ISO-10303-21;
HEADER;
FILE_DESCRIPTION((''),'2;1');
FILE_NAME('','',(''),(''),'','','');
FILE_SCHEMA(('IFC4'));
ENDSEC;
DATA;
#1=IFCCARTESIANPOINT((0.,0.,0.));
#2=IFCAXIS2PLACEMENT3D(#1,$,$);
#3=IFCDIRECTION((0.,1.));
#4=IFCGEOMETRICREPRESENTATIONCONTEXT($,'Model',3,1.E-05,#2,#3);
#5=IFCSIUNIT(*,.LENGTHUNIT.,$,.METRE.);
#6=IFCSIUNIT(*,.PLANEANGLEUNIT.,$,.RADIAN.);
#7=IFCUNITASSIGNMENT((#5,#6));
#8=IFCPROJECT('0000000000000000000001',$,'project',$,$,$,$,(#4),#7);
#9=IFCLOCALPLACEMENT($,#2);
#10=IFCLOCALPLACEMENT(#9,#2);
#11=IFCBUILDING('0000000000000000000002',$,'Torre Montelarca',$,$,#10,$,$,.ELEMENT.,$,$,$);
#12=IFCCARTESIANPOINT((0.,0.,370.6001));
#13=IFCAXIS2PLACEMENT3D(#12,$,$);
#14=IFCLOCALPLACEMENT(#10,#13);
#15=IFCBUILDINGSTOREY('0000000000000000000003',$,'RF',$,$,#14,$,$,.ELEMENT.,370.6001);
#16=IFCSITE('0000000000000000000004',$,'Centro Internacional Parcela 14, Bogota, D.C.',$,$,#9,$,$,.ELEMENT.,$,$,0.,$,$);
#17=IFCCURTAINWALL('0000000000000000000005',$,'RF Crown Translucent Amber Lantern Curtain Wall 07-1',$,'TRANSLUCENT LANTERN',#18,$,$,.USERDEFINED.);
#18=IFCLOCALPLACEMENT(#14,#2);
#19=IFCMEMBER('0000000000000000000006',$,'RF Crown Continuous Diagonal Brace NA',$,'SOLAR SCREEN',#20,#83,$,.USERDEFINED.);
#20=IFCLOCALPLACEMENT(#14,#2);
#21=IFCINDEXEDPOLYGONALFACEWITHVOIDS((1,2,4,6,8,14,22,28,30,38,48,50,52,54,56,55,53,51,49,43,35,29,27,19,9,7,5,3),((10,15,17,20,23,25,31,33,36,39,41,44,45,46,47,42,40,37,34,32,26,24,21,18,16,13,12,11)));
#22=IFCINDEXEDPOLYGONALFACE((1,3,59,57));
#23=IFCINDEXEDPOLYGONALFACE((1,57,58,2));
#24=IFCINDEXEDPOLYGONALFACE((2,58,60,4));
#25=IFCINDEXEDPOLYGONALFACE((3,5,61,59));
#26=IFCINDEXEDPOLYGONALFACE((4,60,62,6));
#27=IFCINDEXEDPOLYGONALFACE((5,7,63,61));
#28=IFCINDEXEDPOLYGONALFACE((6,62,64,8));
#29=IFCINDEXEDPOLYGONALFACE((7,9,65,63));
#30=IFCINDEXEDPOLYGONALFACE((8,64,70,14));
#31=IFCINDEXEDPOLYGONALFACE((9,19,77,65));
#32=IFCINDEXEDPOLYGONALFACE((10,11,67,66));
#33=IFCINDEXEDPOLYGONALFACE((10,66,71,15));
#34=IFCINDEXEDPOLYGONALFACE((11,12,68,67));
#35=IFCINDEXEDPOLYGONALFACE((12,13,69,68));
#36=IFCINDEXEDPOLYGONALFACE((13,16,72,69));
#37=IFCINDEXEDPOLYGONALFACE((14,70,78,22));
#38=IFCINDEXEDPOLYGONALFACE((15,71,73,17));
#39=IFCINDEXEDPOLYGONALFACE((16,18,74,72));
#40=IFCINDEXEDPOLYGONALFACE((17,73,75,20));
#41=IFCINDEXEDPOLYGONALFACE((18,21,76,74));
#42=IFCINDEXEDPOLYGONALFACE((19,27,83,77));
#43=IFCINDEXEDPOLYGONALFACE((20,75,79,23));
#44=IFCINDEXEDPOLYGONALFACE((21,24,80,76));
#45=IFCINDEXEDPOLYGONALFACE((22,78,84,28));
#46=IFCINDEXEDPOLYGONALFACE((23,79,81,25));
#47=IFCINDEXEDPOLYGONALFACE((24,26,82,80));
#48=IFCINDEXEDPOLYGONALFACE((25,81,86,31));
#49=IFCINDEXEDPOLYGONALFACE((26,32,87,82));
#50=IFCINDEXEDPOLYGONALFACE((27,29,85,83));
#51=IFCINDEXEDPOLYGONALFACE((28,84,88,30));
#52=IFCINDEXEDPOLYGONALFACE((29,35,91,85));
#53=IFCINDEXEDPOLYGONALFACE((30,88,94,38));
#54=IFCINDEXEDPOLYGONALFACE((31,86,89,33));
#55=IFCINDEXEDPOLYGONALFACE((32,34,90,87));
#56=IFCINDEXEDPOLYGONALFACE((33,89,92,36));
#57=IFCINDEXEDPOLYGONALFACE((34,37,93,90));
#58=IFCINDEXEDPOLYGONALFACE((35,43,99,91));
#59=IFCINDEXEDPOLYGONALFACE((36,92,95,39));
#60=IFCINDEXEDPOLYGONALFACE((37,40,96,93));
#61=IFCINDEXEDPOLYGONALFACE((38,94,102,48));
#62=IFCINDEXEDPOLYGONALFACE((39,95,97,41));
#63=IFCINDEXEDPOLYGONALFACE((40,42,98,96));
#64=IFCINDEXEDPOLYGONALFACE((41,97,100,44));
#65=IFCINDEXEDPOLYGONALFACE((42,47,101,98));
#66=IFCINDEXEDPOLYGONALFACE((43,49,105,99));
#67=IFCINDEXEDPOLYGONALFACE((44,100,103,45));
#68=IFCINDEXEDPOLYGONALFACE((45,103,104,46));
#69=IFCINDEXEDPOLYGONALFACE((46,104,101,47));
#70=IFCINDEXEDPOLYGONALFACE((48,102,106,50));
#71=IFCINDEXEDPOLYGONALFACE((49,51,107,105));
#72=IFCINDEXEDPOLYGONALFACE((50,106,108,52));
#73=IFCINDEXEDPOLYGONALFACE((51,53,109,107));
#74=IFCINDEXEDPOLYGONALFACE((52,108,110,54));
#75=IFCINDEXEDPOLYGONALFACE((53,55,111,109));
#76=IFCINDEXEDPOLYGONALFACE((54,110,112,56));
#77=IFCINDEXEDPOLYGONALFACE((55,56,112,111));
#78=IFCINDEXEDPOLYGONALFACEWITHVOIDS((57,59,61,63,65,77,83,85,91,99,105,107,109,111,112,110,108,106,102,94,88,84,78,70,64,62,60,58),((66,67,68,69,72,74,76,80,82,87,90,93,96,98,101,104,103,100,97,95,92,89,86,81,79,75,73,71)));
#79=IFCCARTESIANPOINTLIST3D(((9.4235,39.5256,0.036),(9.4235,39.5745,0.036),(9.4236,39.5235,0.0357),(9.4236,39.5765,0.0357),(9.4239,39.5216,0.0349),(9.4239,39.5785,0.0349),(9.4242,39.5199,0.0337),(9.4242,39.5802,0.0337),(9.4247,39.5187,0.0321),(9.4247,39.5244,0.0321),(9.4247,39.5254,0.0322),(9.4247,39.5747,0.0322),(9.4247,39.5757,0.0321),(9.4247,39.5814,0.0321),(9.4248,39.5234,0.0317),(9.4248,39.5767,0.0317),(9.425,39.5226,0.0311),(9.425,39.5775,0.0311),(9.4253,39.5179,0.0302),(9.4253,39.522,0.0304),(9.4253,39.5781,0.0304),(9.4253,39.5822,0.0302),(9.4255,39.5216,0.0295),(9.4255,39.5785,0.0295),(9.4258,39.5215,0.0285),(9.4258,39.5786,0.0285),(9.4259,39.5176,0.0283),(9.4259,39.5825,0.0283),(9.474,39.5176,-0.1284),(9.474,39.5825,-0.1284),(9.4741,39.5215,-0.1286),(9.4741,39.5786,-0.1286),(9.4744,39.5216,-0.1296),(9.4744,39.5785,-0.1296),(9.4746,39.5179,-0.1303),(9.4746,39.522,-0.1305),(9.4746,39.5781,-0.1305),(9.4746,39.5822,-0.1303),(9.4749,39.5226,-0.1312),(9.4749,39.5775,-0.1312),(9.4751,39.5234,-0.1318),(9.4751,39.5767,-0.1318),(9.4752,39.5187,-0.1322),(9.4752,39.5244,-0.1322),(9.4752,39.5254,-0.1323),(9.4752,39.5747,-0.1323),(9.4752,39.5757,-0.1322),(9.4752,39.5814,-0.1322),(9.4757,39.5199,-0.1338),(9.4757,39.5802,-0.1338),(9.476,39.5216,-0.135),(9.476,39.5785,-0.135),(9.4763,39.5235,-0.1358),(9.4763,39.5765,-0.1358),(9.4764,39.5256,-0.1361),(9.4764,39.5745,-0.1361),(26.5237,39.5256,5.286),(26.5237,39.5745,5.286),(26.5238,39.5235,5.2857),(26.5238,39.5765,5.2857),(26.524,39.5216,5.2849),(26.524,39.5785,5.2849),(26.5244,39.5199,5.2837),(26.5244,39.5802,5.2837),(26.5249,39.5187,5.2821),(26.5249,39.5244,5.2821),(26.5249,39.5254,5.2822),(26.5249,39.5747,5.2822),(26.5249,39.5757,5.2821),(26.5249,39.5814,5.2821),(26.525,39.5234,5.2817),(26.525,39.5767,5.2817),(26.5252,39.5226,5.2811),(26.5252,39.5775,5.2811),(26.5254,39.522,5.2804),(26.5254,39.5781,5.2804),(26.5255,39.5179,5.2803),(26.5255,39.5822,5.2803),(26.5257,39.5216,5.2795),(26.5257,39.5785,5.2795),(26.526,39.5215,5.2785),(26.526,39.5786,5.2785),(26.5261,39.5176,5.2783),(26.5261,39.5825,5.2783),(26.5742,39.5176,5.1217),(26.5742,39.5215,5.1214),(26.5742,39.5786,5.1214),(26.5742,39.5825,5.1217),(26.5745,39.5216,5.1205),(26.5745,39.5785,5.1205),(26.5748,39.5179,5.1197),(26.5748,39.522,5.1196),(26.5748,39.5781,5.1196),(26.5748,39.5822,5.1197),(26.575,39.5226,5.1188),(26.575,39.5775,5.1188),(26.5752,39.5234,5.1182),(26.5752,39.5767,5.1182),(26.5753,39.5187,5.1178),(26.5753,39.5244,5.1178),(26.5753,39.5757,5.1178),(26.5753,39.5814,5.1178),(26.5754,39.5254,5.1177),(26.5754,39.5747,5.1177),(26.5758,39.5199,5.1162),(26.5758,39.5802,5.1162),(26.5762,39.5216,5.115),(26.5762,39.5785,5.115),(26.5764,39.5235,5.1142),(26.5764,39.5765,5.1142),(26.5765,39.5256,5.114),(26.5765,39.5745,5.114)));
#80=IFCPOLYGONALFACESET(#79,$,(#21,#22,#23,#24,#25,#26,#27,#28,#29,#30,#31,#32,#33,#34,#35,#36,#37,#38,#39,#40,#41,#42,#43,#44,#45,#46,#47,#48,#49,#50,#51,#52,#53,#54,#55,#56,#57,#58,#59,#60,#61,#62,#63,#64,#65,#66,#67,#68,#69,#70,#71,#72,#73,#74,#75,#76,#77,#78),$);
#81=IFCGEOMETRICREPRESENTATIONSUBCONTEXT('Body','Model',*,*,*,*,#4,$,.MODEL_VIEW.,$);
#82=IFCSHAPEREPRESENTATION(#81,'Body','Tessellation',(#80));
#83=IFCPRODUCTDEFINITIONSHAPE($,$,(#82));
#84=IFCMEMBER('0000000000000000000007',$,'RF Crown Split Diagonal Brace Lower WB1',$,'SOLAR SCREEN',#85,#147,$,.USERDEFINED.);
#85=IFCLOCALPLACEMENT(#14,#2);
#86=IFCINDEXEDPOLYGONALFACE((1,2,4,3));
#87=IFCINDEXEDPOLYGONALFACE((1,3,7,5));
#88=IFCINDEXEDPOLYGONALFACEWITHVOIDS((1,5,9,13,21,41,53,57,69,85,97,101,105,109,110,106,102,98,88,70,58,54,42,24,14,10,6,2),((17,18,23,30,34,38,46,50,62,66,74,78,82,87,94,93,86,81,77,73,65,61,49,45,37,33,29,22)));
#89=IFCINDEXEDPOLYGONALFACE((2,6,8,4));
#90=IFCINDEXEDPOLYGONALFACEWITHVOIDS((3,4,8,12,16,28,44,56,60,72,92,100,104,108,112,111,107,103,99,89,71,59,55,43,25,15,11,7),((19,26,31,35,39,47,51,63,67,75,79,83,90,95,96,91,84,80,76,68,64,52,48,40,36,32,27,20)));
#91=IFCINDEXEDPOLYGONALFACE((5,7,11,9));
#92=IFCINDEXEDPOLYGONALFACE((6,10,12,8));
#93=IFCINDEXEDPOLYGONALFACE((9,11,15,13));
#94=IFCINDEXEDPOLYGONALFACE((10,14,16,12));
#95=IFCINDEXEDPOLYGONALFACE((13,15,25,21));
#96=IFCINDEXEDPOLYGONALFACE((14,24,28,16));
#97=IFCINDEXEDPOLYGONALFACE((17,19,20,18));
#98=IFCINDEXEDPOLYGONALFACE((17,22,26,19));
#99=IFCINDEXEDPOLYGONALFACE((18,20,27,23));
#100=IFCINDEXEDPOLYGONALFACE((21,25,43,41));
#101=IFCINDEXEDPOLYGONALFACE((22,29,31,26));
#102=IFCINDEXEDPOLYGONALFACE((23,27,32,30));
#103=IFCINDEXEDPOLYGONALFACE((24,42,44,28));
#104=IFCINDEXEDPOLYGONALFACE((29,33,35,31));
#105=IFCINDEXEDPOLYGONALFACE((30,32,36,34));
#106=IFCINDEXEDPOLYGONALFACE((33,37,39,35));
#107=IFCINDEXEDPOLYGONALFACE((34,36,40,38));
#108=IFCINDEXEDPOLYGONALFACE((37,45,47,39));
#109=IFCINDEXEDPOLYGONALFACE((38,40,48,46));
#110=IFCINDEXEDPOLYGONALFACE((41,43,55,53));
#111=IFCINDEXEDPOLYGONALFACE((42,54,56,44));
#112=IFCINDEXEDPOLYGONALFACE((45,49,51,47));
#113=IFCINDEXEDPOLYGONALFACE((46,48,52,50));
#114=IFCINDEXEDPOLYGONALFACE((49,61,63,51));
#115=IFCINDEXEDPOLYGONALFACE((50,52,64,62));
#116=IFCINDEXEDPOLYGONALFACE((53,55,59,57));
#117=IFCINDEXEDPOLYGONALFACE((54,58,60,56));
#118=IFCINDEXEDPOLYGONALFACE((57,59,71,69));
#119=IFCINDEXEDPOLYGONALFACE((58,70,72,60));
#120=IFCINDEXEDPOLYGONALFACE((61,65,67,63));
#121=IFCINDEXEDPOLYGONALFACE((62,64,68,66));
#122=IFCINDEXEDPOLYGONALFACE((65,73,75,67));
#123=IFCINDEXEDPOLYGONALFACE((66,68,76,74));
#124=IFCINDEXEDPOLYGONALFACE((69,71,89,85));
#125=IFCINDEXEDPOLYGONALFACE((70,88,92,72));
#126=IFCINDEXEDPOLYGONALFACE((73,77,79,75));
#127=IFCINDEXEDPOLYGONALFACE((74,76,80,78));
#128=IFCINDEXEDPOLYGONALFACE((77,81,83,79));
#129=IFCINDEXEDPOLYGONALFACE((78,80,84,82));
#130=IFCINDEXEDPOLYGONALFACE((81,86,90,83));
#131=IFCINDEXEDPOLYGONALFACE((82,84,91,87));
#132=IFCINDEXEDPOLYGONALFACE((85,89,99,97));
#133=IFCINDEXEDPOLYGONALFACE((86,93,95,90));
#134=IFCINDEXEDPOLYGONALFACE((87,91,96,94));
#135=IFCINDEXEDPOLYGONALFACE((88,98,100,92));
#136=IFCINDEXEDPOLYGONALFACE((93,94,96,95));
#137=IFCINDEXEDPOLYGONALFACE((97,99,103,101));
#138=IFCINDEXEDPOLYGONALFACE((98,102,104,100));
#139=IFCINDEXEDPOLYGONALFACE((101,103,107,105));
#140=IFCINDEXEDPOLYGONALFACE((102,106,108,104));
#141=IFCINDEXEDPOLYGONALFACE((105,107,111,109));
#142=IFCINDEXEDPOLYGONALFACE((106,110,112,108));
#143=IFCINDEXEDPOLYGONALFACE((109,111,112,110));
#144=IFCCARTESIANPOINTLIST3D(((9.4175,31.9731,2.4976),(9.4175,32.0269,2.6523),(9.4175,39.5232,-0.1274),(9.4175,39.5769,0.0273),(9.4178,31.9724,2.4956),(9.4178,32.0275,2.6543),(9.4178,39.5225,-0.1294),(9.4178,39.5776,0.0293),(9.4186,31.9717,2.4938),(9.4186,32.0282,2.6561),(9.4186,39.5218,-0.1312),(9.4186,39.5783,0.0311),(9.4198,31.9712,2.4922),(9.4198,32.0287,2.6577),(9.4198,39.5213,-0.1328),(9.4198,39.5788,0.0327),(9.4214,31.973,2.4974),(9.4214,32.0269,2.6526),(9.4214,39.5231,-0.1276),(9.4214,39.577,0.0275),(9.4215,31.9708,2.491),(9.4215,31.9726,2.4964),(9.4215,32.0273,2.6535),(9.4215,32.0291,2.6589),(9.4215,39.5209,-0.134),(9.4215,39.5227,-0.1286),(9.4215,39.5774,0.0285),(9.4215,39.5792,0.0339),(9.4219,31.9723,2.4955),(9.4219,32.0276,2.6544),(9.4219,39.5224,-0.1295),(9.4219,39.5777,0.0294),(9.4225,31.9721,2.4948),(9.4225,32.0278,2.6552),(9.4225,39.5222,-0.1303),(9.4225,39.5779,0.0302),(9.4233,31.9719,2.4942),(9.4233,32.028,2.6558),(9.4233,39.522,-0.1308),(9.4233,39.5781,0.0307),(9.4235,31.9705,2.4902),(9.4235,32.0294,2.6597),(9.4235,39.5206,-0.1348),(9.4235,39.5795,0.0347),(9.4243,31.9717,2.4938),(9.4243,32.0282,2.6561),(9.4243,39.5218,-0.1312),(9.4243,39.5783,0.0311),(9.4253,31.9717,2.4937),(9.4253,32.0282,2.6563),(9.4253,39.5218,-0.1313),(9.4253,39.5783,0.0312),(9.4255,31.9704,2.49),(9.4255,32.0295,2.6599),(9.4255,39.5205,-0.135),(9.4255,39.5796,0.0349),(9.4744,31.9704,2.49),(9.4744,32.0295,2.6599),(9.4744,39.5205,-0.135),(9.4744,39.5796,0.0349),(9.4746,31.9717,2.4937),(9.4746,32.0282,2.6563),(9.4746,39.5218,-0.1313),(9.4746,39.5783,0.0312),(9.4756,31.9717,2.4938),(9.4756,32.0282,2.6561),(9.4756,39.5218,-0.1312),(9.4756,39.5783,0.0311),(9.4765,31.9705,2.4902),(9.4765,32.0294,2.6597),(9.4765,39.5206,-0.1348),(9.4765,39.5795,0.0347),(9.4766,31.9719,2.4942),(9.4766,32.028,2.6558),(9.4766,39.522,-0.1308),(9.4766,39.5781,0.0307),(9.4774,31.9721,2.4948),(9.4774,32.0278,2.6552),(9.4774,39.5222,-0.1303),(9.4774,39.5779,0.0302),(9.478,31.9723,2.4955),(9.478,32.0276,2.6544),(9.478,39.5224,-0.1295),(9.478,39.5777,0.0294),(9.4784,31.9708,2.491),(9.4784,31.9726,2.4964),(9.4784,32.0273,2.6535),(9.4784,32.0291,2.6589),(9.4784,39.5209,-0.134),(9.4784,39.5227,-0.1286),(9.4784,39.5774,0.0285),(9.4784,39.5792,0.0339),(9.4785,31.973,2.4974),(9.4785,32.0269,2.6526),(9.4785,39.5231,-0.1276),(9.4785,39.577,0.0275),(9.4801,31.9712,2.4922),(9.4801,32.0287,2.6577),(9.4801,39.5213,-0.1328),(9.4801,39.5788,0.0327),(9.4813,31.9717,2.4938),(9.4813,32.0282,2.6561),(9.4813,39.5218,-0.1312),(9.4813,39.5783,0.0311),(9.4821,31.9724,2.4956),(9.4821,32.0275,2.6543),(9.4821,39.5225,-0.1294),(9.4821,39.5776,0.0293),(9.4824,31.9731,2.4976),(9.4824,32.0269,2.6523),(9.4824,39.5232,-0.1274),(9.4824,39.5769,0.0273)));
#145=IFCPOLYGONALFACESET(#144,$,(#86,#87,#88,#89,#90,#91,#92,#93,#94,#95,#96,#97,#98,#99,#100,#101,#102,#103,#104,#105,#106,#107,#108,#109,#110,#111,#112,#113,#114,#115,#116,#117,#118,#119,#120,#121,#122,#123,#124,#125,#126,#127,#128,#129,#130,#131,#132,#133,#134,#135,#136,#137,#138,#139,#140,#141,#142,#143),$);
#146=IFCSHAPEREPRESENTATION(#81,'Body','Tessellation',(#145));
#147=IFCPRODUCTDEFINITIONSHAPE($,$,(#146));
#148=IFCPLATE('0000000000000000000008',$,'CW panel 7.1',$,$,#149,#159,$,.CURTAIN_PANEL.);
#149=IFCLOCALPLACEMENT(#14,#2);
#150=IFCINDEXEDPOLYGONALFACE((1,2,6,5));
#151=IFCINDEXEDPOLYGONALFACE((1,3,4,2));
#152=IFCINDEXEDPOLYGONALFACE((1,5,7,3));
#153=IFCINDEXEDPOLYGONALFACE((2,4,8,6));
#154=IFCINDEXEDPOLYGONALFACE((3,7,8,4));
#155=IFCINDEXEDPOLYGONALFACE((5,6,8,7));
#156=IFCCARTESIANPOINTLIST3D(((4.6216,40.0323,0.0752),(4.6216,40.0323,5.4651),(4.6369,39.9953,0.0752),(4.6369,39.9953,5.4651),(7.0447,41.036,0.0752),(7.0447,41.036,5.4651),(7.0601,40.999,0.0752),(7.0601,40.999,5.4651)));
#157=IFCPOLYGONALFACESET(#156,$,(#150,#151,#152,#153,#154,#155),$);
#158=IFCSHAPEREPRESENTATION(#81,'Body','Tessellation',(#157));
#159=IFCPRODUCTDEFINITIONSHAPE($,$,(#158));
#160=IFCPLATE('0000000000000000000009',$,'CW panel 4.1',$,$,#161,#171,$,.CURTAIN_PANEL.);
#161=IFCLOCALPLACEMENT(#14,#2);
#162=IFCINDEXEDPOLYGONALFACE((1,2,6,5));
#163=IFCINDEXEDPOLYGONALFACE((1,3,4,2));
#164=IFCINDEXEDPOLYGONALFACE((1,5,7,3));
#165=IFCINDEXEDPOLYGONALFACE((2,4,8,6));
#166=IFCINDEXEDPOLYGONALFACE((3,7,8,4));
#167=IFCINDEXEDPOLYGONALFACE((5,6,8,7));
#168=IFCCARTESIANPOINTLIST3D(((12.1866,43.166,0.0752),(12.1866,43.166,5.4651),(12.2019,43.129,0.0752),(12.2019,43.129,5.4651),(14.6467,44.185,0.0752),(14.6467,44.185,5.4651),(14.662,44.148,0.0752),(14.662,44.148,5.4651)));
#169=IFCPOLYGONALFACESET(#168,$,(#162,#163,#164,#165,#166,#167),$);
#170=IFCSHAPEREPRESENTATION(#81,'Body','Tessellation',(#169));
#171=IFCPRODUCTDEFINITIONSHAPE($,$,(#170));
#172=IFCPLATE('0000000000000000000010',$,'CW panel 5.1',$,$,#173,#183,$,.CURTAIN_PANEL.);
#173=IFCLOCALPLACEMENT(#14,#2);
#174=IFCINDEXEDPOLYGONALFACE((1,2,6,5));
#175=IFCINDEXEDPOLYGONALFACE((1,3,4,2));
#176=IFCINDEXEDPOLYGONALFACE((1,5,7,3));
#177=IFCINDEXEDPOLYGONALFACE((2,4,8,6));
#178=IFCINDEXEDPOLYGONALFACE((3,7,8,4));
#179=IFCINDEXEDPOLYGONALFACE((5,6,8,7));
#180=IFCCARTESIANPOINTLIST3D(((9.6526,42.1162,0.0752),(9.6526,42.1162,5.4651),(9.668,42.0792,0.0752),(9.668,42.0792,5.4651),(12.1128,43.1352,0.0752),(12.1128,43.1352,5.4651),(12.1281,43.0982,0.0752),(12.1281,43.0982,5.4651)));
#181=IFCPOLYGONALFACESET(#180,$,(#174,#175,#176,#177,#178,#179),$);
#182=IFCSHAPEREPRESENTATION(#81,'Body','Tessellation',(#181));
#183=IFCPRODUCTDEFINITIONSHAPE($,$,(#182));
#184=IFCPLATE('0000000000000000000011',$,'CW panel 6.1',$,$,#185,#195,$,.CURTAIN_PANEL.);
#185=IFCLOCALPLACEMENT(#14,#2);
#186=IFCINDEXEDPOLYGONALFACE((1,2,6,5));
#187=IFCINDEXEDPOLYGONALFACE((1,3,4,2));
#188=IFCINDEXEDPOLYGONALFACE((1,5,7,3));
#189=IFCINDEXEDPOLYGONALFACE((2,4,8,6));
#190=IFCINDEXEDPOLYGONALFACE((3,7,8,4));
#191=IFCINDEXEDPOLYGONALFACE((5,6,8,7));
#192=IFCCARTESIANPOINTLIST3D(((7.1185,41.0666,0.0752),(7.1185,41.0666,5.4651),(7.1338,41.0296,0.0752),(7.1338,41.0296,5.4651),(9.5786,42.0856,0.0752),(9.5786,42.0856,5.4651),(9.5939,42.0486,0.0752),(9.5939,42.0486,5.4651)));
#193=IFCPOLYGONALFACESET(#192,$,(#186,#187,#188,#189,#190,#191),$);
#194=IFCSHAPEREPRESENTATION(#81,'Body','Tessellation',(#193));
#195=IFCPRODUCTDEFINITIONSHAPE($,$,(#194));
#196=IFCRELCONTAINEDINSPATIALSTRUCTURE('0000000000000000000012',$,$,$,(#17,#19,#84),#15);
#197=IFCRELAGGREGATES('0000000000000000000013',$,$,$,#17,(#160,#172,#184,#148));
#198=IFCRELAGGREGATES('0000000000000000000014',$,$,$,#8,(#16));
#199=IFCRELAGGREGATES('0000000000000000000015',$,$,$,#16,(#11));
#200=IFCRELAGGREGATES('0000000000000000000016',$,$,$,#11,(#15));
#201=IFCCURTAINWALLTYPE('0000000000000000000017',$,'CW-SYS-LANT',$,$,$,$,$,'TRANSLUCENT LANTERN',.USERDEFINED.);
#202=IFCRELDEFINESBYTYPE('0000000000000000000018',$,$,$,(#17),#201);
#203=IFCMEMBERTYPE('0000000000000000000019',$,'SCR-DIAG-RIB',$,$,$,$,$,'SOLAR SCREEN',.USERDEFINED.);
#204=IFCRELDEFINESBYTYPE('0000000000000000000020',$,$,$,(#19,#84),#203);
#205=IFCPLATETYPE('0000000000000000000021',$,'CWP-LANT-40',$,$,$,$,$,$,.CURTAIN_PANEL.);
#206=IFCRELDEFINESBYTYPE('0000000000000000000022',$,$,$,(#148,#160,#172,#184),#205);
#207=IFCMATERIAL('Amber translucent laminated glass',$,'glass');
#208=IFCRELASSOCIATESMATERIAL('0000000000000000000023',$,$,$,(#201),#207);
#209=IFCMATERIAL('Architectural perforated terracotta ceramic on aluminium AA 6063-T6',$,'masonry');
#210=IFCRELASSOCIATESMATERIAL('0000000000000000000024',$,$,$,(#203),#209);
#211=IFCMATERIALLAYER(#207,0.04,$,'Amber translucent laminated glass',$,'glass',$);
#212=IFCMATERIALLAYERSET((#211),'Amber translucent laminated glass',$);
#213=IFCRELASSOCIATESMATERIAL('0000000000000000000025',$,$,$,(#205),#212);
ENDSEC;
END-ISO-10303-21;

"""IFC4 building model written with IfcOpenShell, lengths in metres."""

from ifc_helpers import new_model, si_unit, direction, frame, origin, origin_2d, place, context, subcontext, project, spatial, rectangle, hollow_rectangle, extrude, source, transform, mapped, material, layer, layer_set, material_profile, profile_set, type_object, element, aggregate, save


model = new_model("IFC4")

# Units and contexts
model_context = context("Model", 3, precision=1e-05, world=origin(), true_north=direction((0.0, 1.0)))
body_context = subcontext(model_context, "Body", "Model", "MODEL_VIEW")
ifc_project = project(units=[si_unit("LENGTHUNIT", "METRE"), si_unit("PLANEANGLEUNIT", "RADIAN")], contexts=[model_context])

# Site, building, storey
site_placement = place(None, origin())
site = spatial("IfcSite", under=ifc_project, at=site_placement, Name="Centro Internacional Parcela 14, Bogota, D.C.", CompositionType="ELEMENT", RefElevation=0.0)
building_placement = place(site_placement, origin())
building = spatial("IfcBuilding", under=site, at=building_placement, Name="Torre Montelarca", CompositionType="ELEMENT")
storey_placement = place(building_placement, frame((0.0, 0.0, 370.6001)))
storey = spatial("IfcBuildingStorey", under=building, at=storey_placement, Name="RF", CompositionType="ELEMENT", Elevation=370.6001)

# Curtain wall
ifc_material_1 = material(Name="Amber translucent laminated glass", Category="glass")
curtain_wall_type = type_object("IfcCurtainWallType", Name="CW-SYS-LANT", ElementType="TRANSLUCENT LANTERN", PredefinedType="USERDEFINED", material=ifc_material_1)
curtain_wall_1_placement = place(storey_placement, origin())
curtain_wall_1 = element("IfcCurtainWall", 1, at=curtain_wall_1_placement, inside=storey, type_object=curtain_wall_type, Name="RF Crown Translucent Amber Lantern Curtain Wall 07-1", ObjectType="TRANSLUCENT LANTERN", PredefinedType="USERDEFINED")

# Members
ifc_material_2 = material(Name="Architectural perforated terracotta ceramic on aluminium AA 6063-T6", Category="masonry")
ifc_material_profile_1 = material_profile(ifc_material_2, hollow_rectangle(XDim=0.0649, YDim=0.1799, WallThickness=0.0039, InnerFilletRadius=0.0039, OuterFilletRadius=0.0081, at=origin_2d()), Name="ALU65X180X4", Category="masonry")
ifc_profile_set_1 = profile_set([ifc_material_profile_1], Name="Architectural perforated terracotta ceramic on aluminium AA 6063-T6")
member_type_1 = type_object("IfcMemberType", Name="SCR-DIAG-RIB", ElementType="SOLAR SCREEN", PredefinedType="USERDEFINED", material=ifc_profile_set_1)
shared_shape_1 = source(origin(), body_context, "Body", "SweptSolid", [
    extrude(hollow_rectangle(XDim=0.0649, YDim=0.1799, WallThickness=0.0039, InnerFilletRadius=0.0039, OuterFilletRadius=0.0081, at=origin_2d()), origin(), (0.0, 0.0, 1.0), 17.8879),
])
member_1_placement = place(storey_placement, frame((9.45, 39.55, -0.05), z_axis=(0.955961, 0.0, 0.293495), x_axis=(0.0, 1.0, 0.0)))
element("IfcMember", 2, at=member_1_placement, inside=storey, type_object=member_type_1, Name="RF Crown Continuous Diagonal Brace NA", ObjectType="SOLAR SCREEN", PredefinedType="USERDEFINED", context=body_context, shape_type="MappedRepresentation", body=[
    mapped(shared_shape_1, transform((0.0, 0.0, 0.0), scale=1.0)),
])
shared_shape_2 = source(origin(), body_context, "Body", "SweptSolid", [
    extrude(hollow_rectangle(XDim=0.0649, YDim=0.1799, WallThickness=0.0039, InnerFilletRadius=0.0039, OuterFilletRadius=0.0081, at=origin_2d()), origin(), (0.0, 0.0, 1.0), 7.9934),
])
member_2_placement = place(storey_placement, frame((9.45, 39.55, -0.05), z_axis=(0.0, -0.94454, 0.328397), x_axis=(1.0, 0.0, 0.0)))
element("IfcMember", 3, at=member_2_placement, inside=storey, type_object=member_type_1, Name="RF Crown Split Diagonal Brace Lower WB1", ObjectType="SOLAR SCREEN", PredefinedType="USERDEFINED", context=body_context, shape_type="MappedRepresentation", body=[
    mapped(shared_shape_2, transform((0.0, 0.0, 0.0), scale=1.0)),
])

# Plates
ifc_layer_1 = layer(ifc_material_1, 0.04, Name="Amber translucent laminated glass", Category="glass")
ifc_layer_set_1 = layer_set([ifc_layer_1], Name="Amber translucent laminated glass")
plate_type_1 = type_object("IfcPlateType", Name="CWP-LANT-40", PredefinedType="CURTAIN_PANEL", material=ifc_layer_set_1)
shared_shape_3 = source(origin(), body_context, "Body", "SweptSolid", [
    extrude(rectangle(XDim=2.6228, YDim=0.04, at=origin_2d()), origin(), (0.0, 0.0, 1.0), 5.3899),
])
plate_1_placement = place(storey_placement, frame((5.8408, 40.5156, 0.0752), z_axis=(0.0, 0.0, 1.0), x_axis=(-0.923877, -0.382689, 0.0)))
plate_1 = element("IfcPlate", 4, at=plate_1_placement, type_object=plate_type_1, Name="CW panel 7.1", PredefinedType="CURTAIN_PANEL", context=body_context, shape_type="MappedRepresentation", body=[
    mapped(shared_shape_3, transform((0.0, 0.0, 0.0), scale=1.0)),
])
shared_shape_4 = source(origin(), body_context, "Body", "SweptSolid", [
    extrude(rectangle(XDim=2.6628, YDim=0.04, at=origin_2d()), origin(), (0.0, 0.0, 1.0), 5.3899),
])
plate_2_placement = place(storey_placement, frame((13.4243, 43.657, 0.0752), z_axis=(0.0, 0.0, 1.0), x_axis=(-0.923877, -0.382689, 0.0)))
plate_2 = element("IfcPlate", 5, at=plate_2_placement, type_object=plate_type_1, Name="CW panel 4.1", PredefinedType="CURTAIN_PANEL", context=body_context, shape_type="MappedRepresentation", body=[
    mapped(shared_shape_4, transform((0.0, 0.0, 0.0), scale=1.0)),
])
plate_3_placement = place(storey_placement, frame((10.8904, 42.6072, 0.0752), z_axis=(0.0, 0.0, 1.0), x_axis=(-0.923877, -0.382689, 0.0)))
plate_3 = element("IfcPlate", 6, at=plate_3_placement, type_object=plate_type_1, Name="CW panel 5.1", PredefinedType="CURTAIN_PANEL", context=body_context, shape_type="MappedRepresentation", body=[
    mapped(shared_shape_4, transform((0.0, 0.0, 0.0), scale=1.0)),
])
plate_4_placement = place(storey_placement, frame((8.3562, 41.5576, 0.0752), z_axis=(0.0, 0.0, 1.0), x_axis=(-0.923877, -0.382689, 0.0)))
plate_4 = element("IfcPlate", 7, at=plate_4_placement, type_object=plate_type_1, Name="CW panel 6.1", PredefinedType="CURTAIN_PANEL", context=body_context, shape_type="MappedRepresentation", body=[
    mapped(shared_shape_4, transform((0.0, 0.0, 0.0), scale=1.0)),
])
aggregate(curtain_wall_1, [plate_2, plate_3, plate_4, plate_1])

save(model, "model.ifc")
